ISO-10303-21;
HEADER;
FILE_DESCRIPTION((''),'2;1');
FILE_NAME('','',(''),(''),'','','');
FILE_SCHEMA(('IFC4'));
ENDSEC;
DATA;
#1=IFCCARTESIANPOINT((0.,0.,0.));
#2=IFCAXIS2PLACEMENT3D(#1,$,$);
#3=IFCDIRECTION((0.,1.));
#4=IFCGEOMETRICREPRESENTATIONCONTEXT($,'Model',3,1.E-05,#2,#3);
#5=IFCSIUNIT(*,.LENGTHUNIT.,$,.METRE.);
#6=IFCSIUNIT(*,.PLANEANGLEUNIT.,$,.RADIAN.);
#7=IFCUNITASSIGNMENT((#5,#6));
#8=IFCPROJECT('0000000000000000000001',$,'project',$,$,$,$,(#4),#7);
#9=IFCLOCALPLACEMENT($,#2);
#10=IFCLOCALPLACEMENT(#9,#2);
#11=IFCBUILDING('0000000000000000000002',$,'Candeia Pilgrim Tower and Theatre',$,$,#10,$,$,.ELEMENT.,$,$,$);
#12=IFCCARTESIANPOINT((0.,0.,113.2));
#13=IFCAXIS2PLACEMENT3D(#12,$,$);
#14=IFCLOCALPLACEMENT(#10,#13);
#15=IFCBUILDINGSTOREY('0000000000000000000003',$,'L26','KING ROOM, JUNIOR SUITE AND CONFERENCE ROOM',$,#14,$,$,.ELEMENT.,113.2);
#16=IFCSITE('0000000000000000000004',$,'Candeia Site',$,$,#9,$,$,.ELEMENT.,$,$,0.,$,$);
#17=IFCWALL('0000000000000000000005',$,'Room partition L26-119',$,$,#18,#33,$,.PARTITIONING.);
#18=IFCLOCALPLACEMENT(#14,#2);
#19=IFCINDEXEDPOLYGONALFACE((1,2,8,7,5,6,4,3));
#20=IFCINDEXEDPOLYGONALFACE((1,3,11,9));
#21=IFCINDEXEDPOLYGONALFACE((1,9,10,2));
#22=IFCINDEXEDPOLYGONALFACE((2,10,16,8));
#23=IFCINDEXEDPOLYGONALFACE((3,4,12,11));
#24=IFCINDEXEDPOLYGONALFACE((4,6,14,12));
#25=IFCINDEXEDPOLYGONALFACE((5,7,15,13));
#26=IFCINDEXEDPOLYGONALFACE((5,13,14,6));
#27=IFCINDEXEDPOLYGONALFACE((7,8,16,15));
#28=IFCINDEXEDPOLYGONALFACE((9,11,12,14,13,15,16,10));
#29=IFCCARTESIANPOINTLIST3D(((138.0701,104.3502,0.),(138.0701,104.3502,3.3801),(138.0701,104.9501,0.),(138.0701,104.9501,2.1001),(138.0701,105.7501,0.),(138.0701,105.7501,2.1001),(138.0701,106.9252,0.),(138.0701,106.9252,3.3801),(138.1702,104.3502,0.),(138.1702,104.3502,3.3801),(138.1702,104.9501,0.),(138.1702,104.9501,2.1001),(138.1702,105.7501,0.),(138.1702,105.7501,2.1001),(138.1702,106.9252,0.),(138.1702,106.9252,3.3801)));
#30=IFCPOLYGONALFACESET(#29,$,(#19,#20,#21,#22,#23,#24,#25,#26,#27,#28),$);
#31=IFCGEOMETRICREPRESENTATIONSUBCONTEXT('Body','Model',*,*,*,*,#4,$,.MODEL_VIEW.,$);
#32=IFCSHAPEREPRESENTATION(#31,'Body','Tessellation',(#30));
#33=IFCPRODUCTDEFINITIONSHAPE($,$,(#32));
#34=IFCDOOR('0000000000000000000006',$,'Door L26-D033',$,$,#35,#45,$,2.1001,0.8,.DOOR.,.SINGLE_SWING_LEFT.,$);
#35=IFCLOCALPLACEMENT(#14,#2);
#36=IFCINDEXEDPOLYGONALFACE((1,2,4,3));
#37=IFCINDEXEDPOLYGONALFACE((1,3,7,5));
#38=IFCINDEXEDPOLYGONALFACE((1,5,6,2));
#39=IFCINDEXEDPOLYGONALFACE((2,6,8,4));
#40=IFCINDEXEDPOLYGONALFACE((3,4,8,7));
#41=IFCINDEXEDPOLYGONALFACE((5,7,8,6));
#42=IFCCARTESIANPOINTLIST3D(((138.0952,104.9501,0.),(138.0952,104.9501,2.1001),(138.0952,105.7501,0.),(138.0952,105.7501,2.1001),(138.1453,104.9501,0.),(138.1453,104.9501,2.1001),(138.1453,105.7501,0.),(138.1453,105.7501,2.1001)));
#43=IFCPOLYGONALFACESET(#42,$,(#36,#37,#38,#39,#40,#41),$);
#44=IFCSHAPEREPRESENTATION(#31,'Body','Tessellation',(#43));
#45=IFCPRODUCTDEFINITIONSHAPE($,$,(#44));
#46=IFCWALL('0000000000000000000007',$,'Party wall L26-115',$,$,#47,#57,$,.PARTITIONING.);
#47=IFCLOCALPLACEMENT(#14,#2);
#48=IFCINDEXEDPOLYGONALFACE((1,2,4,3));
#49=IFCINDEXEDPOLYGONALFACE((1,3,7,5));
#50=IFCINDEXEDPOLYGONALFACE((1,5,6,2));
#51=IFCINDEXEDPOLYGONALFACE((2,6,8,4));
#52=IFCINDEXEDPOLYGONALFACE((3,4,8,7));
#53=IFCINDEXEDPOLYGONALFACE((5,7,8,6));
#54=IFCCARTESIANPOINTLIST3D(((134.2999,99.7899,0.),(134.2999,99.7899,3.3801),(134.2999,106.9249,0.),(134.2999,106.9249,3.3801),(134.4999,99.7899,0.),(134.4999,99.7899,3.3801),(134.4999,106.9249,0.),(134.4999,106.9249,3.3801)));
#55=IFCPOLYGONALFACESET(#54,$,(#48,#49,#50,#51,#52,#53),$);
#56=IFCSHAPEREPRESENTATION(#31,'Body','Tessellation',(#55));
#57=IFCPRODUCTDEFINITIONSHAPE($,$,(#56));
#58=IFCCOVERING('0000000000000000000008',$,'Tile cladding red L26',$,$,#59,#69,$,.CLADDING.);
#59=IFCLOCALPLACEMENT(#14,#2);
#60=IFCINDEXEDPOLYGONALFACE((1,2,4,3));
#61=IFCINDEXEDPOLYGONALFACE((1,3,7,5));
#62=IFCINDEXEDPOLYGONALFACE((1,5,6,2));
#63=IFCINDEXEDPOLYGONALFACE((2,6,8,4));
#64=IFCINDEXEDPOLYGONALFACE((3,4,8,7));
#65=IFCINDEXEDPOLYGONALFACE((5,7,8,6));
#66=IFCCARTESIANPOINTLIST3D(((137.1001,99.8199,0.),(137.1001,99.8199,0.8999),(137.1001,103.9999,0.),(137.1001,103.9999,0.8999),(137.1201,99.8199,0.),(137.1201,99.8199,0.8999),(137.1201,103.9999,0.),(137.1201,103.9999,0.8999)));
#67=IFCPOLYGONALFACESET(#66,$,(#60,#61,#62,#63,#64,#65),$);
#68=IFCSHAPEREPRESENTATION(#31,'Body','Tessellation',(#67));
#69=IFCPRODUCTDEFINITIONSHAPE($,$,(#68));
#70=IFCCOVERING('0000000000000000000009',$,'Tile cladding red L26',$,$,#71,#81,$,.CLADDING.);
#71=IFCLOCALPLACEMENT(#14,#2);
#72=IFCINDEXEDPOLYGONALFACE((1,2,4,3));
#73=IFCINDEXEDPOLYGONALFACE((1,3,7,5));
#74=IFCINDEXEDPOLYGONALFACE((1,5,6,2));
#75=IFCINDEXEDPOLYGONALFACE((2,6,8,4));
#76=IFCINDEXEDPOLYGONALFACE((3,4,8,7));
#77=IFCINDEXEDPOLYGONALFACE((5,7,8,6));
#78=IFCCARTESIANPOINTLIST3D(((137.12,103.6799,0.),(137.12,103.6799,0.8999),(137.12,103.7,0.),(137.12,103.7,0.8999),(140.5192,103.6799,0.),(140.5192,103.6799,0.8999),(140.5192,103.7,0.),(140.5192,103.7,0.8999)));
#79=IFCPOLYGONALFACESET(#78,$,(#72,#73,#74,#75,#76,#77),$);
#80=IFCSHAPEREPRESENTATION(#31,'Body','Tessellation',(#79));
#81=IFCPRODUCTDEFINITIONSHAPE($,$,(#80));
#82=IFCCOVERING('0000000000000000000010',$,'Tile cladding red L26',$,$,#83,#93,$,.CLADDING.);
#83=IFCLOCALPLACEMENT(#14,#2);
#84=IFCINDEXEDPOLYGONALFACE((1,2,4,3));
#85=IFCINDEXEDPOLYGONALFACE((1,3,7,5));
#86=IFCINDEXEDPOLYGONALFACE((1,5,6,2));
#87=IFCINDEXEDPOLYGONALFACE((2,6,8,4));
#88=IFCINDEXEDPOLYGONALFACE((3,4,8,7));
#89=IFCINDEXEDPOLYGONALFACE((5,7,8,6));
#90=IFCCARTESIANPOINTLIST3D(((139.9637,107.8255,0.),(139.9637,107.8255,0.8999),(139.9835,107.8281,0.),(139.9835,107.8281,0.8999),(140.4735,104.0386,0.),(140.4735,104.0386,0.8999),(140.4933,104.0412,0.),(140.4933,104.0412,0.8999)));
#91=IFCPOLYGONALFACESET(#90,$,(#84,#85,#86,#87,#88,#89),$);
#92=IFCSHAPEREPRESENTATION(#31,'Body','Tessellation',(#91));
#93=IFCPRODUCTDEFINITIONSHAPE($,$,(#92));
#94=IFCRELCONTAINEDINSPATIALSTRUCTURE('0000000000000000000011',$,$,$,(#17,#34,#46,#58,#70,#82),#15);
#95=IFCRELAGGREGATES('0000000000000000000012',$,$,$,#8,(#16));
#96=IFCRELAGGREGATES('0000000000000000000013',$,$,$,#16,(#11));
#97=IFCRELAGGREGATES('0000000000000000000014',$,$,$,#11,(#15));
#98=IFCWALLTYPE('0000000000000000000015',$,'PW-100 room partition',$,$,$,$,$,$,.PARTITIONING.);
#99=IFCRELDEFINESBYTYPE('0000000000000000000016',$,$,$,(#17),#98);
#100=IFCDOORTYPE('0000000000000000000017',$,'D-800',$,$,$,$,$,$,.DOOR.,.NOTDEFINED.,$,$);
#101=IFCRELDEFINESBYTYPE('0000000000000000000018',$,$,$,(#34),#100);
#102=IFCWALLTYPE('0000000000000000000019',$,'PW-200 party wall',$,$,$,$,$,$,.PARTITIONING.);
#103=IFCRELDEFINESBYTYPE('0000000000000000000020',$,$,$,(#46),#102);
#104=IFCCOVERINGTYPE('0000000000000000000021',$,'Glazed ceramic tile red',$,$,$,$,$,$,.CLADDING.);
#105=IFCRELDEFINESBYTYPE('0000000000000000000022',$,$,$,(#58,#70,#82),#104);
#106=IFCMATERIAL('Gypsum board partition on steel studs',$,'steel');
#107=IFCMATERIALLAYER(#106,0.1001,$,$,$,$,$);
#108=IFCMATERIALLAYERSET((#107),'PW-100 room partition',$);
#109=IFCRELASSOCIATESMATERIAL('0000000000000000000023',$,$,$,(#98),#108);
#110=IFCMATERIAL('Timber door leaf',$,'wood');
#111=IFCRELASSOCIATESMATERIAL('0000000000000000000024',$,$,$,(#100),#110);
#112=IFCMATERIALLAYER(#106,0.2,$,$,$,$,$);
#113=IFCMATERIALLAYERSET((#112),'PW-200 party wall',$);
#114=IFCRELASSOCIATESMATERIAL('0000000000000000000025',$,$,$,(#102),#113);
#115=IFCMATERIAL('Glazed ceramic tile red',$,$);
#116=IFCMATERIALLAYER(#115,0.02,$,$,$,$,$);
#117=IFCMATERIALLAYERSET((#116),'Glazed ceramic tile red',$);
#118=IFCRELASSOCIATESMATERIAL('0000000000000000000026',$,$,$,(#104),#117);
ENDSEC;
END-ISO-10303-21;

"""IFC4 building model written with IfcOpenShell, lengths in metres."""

from ifc_helpers import new_model, si_unit, direction, frame, frame_2d, origin, origin_2d, place, context, subcontext, project, spatial, rectangle, extrude, material, layer, layer_set, type_object, element, fill, save


model = new_model("IFC4")

# Units and contexts
model_context = context("Model", 3, precision=1e-05, world=origin(), true_north=direction((0.0, 1.0)))
body_context = subcontext(model_context, "Body", "Model", "MODEL_VIEW")
ifc_project = project(units=[si_unit("LENGTHUNIT", "METRE"), si_unit("PLANEANGLEUNIT", "RADIAN")], contexts=[model_context])

# Site, building, storey
site_placement = place(None, origin())
site = spatial("IfcSite", under=ifc_project, at=site_placement, Name="Candeia Site", CompositionType="ELEMENT", RefElevation=0.0)
building_placement = place(site_placement, origin())
building = spatial("IfcBuilding", under=site, at=building_placement, Name="Candeia Pilgrim Tower and Theatre", CompositionType="ELEMENT")
storey_placement = place(building_placement, frame((0.0, 0.0, 113.2)))
storey = spatial("IfcBuildingStorey", under=building, at=storey_placement, Name="L26", Description="KING ROOM, JUNIOR SUITE AND CONFERENCE ROOM", CompositionType="ELEMENT", Elevation=113.2)

# Shared definitions
ifc_material_1 = material(Name="Gypsum board partition on steel studs", Category="steel")
ifc_layer_1 = layer(ifc_material_1, 0.1001)
ifc_layer_set_1 = layer_set([ifc_layer_1], Name="PW-100 room partition")
wall_type_1 = type_object("IfcWallType", Name="PW-100 room partition", PredefinedType="PARTITIONING", material=ifc_layer_set_1)

# Wall, opening, door
ifc_material_2 = material(Name="Timber door leaf", Category="wood")
door_type_1 = type_object("IfcDoorType", Name="D-800", OperationType="NOTDEFINED", PredefinedType="DOOR", material=ifc_material_2)
wall_1_placement = place(storey_placement, frame((138.1201, 104.3501, 0.0), z_axis=(0.0, 0.0, 1.0), x_axis=(0.0, 1.0, 0.0)))
wall_1 = element("IfcWall", 1, at=wall_1_placement, inside=storey, type_object=wall_type_1, Name="Room partition L26-119", PredefinedType="PARTITIONING", context=body_context, shape_type="SweptSolid", body=[
    extrude(rectangle(XDim=2.575, YDim=0.1001, at=frame_2d((1.2876, 0.0))), origin(), (0.0, 0.0, 1.0), 3.3801),
])
opening_1_placement = place(wall_1_placement, frame((0.6001, 0.0, 0.0)))
opening_1 = element("IfcOpeningElement", 2, at=opening_1_placement, cuts=wall_1, PredefinedType="OPENING", context=body_context, shape_type="SweptSolid", body=[
    extrude(rectangle(XDim=0.8, YDim=2.1001, at=frame_2d((0.3999, 1.05))), frame((0.0, 0.0601, 0.0), z_axis=(0.0, -1.0, 0.0), x_axis=(1.0, 0.0, 0.0)), (0.0, 0.0, 1.0), 0.1201),
])
door_1_placement = place(opening_1_placement, origin())
door_1 = element("IfcDoor", 3, at=door_1_placement, inside=storey, type_object=door_type_1, Name="Door L26-D033", OperationType="SINGLE_SWING_LEFT", OverallHeight=2.1001, OverallWidth=0.8, PredefinedType="DOOR", context=body_context, shape_type="SweptSolid", body=[
    extrude(rectangle(XDim=0.8, YDim=2.1001, at=frame_2d((0.3999, 1.05))), frame((0.0, 0.0249, 0.0), z_axis=(0.0, -1.0, 0.0), x_axis=(1.0, 0.0, 0.0)), (0.0, 0.0, 1.0), 0.05),
])
fill(opening_1, door_1)

# Wall
ifc_layer_2 = layer(ifc_material_1, 0.2)
ifc_layer_set_2 = layer_set([ifc_layer_2], Name="PW-200 party wall")
wall_type_2 = type_object("IfcWallType", Name="PW-200 party wall", PredefinedType="PARTITIONING", material=ifc_layer_set_2)
wall_2_placement = place(storey_placement, frame((134.3999, 99.79, 0.0), z_axis=(0.0, 0.0, 1.0), x_axis=(0.0, 1.0, 0.0)))
element("IfcWall", 4, at=wall_2_placement, inside=storey, type_object=wall_type_2, Name="Party wall L26-115", PredefinedType="PARTITIONING", context=body_context, shape_type="SweptSolid", body=[
    extrude(rectangle(XDim=7.135, YDim=0.2, at=frame_2d((3.5674, 0.0))), origin(), (0.0, 0.0, 1.0), 3.3801),
])

# Coverings
ifc_material_3 = material(Name="Glazed ceramic tile red")
ifc_layer_3 = layer(ifc_material_3, 0.02)
ifc_layer_set_3 = layer_set([ifc_layer_3], Name="Glazed ceramic tile red")
covering_type = type_object("IfcCoveringType", Name="Glazed ceramic tile red", PredefinedType="CLADDING", material=ifc_layer_set_3)
covering_1_placement = place(storey_placement, frame((137.1101, 101.9099, 0.0), z_axis=(0.0, 0.0, 1.0), x_axis=(0.0, 1.0, 0.0)))
element("IfcCovering", 5, at=covering_1_placement, inside=storey, type_object=covering_type, Name="Tile cladding red L26", PredefinedType="CLADDING", context=body_context, shape_type="SweptSolid", body=[
    extrude(rectangle(XDim=4.1799, YDim=0.02, at=origin_2d()), origin(), (0.0, 0.0, 1.0), 0.8999),
])
covering_2_placement = place(storey_placement, frame((138.8196, 103.6899, 0.0), z_axis=(0.0, 0.0, 1.0), x_axis=(1.0, 0.0, 0.0)))
element("IfcCovering", 6, at=covering_2_placement, inside=storey, type_object=covering_type, Name="Tile cladding red L26", PredefinedType="CLADDING", context=body_context, shape_type="SweptSolid", body=[
    extrude(rectangle(XDim=3.3992, YDim=0.02, at=origin_2d()), origin(), (0.0, 0.0, 1.0), 0.8999),
])
covering_3_placement = place(storey_placement, frame((140.2285, 105.9333, 0.0), z_axis=(0.0, 0.0, 1.0), x_axis=(-0.133412, 0.991061, 0.0)))
element("IfcCovering", 7, at=covering_3_placement, inside=storey, type_object=covering_type, Name="Tile cladding red L26", PredefinedType="CLADDING", context=body_context, shape_type="SweptSolid", body=[
    extrude(rectangle(XDim=3.821, YDim=0.02, at=origin_2d()), origin(), (0.0, 0.0, 1.0), 0.8999),
])

save(model, "model.ifc")
